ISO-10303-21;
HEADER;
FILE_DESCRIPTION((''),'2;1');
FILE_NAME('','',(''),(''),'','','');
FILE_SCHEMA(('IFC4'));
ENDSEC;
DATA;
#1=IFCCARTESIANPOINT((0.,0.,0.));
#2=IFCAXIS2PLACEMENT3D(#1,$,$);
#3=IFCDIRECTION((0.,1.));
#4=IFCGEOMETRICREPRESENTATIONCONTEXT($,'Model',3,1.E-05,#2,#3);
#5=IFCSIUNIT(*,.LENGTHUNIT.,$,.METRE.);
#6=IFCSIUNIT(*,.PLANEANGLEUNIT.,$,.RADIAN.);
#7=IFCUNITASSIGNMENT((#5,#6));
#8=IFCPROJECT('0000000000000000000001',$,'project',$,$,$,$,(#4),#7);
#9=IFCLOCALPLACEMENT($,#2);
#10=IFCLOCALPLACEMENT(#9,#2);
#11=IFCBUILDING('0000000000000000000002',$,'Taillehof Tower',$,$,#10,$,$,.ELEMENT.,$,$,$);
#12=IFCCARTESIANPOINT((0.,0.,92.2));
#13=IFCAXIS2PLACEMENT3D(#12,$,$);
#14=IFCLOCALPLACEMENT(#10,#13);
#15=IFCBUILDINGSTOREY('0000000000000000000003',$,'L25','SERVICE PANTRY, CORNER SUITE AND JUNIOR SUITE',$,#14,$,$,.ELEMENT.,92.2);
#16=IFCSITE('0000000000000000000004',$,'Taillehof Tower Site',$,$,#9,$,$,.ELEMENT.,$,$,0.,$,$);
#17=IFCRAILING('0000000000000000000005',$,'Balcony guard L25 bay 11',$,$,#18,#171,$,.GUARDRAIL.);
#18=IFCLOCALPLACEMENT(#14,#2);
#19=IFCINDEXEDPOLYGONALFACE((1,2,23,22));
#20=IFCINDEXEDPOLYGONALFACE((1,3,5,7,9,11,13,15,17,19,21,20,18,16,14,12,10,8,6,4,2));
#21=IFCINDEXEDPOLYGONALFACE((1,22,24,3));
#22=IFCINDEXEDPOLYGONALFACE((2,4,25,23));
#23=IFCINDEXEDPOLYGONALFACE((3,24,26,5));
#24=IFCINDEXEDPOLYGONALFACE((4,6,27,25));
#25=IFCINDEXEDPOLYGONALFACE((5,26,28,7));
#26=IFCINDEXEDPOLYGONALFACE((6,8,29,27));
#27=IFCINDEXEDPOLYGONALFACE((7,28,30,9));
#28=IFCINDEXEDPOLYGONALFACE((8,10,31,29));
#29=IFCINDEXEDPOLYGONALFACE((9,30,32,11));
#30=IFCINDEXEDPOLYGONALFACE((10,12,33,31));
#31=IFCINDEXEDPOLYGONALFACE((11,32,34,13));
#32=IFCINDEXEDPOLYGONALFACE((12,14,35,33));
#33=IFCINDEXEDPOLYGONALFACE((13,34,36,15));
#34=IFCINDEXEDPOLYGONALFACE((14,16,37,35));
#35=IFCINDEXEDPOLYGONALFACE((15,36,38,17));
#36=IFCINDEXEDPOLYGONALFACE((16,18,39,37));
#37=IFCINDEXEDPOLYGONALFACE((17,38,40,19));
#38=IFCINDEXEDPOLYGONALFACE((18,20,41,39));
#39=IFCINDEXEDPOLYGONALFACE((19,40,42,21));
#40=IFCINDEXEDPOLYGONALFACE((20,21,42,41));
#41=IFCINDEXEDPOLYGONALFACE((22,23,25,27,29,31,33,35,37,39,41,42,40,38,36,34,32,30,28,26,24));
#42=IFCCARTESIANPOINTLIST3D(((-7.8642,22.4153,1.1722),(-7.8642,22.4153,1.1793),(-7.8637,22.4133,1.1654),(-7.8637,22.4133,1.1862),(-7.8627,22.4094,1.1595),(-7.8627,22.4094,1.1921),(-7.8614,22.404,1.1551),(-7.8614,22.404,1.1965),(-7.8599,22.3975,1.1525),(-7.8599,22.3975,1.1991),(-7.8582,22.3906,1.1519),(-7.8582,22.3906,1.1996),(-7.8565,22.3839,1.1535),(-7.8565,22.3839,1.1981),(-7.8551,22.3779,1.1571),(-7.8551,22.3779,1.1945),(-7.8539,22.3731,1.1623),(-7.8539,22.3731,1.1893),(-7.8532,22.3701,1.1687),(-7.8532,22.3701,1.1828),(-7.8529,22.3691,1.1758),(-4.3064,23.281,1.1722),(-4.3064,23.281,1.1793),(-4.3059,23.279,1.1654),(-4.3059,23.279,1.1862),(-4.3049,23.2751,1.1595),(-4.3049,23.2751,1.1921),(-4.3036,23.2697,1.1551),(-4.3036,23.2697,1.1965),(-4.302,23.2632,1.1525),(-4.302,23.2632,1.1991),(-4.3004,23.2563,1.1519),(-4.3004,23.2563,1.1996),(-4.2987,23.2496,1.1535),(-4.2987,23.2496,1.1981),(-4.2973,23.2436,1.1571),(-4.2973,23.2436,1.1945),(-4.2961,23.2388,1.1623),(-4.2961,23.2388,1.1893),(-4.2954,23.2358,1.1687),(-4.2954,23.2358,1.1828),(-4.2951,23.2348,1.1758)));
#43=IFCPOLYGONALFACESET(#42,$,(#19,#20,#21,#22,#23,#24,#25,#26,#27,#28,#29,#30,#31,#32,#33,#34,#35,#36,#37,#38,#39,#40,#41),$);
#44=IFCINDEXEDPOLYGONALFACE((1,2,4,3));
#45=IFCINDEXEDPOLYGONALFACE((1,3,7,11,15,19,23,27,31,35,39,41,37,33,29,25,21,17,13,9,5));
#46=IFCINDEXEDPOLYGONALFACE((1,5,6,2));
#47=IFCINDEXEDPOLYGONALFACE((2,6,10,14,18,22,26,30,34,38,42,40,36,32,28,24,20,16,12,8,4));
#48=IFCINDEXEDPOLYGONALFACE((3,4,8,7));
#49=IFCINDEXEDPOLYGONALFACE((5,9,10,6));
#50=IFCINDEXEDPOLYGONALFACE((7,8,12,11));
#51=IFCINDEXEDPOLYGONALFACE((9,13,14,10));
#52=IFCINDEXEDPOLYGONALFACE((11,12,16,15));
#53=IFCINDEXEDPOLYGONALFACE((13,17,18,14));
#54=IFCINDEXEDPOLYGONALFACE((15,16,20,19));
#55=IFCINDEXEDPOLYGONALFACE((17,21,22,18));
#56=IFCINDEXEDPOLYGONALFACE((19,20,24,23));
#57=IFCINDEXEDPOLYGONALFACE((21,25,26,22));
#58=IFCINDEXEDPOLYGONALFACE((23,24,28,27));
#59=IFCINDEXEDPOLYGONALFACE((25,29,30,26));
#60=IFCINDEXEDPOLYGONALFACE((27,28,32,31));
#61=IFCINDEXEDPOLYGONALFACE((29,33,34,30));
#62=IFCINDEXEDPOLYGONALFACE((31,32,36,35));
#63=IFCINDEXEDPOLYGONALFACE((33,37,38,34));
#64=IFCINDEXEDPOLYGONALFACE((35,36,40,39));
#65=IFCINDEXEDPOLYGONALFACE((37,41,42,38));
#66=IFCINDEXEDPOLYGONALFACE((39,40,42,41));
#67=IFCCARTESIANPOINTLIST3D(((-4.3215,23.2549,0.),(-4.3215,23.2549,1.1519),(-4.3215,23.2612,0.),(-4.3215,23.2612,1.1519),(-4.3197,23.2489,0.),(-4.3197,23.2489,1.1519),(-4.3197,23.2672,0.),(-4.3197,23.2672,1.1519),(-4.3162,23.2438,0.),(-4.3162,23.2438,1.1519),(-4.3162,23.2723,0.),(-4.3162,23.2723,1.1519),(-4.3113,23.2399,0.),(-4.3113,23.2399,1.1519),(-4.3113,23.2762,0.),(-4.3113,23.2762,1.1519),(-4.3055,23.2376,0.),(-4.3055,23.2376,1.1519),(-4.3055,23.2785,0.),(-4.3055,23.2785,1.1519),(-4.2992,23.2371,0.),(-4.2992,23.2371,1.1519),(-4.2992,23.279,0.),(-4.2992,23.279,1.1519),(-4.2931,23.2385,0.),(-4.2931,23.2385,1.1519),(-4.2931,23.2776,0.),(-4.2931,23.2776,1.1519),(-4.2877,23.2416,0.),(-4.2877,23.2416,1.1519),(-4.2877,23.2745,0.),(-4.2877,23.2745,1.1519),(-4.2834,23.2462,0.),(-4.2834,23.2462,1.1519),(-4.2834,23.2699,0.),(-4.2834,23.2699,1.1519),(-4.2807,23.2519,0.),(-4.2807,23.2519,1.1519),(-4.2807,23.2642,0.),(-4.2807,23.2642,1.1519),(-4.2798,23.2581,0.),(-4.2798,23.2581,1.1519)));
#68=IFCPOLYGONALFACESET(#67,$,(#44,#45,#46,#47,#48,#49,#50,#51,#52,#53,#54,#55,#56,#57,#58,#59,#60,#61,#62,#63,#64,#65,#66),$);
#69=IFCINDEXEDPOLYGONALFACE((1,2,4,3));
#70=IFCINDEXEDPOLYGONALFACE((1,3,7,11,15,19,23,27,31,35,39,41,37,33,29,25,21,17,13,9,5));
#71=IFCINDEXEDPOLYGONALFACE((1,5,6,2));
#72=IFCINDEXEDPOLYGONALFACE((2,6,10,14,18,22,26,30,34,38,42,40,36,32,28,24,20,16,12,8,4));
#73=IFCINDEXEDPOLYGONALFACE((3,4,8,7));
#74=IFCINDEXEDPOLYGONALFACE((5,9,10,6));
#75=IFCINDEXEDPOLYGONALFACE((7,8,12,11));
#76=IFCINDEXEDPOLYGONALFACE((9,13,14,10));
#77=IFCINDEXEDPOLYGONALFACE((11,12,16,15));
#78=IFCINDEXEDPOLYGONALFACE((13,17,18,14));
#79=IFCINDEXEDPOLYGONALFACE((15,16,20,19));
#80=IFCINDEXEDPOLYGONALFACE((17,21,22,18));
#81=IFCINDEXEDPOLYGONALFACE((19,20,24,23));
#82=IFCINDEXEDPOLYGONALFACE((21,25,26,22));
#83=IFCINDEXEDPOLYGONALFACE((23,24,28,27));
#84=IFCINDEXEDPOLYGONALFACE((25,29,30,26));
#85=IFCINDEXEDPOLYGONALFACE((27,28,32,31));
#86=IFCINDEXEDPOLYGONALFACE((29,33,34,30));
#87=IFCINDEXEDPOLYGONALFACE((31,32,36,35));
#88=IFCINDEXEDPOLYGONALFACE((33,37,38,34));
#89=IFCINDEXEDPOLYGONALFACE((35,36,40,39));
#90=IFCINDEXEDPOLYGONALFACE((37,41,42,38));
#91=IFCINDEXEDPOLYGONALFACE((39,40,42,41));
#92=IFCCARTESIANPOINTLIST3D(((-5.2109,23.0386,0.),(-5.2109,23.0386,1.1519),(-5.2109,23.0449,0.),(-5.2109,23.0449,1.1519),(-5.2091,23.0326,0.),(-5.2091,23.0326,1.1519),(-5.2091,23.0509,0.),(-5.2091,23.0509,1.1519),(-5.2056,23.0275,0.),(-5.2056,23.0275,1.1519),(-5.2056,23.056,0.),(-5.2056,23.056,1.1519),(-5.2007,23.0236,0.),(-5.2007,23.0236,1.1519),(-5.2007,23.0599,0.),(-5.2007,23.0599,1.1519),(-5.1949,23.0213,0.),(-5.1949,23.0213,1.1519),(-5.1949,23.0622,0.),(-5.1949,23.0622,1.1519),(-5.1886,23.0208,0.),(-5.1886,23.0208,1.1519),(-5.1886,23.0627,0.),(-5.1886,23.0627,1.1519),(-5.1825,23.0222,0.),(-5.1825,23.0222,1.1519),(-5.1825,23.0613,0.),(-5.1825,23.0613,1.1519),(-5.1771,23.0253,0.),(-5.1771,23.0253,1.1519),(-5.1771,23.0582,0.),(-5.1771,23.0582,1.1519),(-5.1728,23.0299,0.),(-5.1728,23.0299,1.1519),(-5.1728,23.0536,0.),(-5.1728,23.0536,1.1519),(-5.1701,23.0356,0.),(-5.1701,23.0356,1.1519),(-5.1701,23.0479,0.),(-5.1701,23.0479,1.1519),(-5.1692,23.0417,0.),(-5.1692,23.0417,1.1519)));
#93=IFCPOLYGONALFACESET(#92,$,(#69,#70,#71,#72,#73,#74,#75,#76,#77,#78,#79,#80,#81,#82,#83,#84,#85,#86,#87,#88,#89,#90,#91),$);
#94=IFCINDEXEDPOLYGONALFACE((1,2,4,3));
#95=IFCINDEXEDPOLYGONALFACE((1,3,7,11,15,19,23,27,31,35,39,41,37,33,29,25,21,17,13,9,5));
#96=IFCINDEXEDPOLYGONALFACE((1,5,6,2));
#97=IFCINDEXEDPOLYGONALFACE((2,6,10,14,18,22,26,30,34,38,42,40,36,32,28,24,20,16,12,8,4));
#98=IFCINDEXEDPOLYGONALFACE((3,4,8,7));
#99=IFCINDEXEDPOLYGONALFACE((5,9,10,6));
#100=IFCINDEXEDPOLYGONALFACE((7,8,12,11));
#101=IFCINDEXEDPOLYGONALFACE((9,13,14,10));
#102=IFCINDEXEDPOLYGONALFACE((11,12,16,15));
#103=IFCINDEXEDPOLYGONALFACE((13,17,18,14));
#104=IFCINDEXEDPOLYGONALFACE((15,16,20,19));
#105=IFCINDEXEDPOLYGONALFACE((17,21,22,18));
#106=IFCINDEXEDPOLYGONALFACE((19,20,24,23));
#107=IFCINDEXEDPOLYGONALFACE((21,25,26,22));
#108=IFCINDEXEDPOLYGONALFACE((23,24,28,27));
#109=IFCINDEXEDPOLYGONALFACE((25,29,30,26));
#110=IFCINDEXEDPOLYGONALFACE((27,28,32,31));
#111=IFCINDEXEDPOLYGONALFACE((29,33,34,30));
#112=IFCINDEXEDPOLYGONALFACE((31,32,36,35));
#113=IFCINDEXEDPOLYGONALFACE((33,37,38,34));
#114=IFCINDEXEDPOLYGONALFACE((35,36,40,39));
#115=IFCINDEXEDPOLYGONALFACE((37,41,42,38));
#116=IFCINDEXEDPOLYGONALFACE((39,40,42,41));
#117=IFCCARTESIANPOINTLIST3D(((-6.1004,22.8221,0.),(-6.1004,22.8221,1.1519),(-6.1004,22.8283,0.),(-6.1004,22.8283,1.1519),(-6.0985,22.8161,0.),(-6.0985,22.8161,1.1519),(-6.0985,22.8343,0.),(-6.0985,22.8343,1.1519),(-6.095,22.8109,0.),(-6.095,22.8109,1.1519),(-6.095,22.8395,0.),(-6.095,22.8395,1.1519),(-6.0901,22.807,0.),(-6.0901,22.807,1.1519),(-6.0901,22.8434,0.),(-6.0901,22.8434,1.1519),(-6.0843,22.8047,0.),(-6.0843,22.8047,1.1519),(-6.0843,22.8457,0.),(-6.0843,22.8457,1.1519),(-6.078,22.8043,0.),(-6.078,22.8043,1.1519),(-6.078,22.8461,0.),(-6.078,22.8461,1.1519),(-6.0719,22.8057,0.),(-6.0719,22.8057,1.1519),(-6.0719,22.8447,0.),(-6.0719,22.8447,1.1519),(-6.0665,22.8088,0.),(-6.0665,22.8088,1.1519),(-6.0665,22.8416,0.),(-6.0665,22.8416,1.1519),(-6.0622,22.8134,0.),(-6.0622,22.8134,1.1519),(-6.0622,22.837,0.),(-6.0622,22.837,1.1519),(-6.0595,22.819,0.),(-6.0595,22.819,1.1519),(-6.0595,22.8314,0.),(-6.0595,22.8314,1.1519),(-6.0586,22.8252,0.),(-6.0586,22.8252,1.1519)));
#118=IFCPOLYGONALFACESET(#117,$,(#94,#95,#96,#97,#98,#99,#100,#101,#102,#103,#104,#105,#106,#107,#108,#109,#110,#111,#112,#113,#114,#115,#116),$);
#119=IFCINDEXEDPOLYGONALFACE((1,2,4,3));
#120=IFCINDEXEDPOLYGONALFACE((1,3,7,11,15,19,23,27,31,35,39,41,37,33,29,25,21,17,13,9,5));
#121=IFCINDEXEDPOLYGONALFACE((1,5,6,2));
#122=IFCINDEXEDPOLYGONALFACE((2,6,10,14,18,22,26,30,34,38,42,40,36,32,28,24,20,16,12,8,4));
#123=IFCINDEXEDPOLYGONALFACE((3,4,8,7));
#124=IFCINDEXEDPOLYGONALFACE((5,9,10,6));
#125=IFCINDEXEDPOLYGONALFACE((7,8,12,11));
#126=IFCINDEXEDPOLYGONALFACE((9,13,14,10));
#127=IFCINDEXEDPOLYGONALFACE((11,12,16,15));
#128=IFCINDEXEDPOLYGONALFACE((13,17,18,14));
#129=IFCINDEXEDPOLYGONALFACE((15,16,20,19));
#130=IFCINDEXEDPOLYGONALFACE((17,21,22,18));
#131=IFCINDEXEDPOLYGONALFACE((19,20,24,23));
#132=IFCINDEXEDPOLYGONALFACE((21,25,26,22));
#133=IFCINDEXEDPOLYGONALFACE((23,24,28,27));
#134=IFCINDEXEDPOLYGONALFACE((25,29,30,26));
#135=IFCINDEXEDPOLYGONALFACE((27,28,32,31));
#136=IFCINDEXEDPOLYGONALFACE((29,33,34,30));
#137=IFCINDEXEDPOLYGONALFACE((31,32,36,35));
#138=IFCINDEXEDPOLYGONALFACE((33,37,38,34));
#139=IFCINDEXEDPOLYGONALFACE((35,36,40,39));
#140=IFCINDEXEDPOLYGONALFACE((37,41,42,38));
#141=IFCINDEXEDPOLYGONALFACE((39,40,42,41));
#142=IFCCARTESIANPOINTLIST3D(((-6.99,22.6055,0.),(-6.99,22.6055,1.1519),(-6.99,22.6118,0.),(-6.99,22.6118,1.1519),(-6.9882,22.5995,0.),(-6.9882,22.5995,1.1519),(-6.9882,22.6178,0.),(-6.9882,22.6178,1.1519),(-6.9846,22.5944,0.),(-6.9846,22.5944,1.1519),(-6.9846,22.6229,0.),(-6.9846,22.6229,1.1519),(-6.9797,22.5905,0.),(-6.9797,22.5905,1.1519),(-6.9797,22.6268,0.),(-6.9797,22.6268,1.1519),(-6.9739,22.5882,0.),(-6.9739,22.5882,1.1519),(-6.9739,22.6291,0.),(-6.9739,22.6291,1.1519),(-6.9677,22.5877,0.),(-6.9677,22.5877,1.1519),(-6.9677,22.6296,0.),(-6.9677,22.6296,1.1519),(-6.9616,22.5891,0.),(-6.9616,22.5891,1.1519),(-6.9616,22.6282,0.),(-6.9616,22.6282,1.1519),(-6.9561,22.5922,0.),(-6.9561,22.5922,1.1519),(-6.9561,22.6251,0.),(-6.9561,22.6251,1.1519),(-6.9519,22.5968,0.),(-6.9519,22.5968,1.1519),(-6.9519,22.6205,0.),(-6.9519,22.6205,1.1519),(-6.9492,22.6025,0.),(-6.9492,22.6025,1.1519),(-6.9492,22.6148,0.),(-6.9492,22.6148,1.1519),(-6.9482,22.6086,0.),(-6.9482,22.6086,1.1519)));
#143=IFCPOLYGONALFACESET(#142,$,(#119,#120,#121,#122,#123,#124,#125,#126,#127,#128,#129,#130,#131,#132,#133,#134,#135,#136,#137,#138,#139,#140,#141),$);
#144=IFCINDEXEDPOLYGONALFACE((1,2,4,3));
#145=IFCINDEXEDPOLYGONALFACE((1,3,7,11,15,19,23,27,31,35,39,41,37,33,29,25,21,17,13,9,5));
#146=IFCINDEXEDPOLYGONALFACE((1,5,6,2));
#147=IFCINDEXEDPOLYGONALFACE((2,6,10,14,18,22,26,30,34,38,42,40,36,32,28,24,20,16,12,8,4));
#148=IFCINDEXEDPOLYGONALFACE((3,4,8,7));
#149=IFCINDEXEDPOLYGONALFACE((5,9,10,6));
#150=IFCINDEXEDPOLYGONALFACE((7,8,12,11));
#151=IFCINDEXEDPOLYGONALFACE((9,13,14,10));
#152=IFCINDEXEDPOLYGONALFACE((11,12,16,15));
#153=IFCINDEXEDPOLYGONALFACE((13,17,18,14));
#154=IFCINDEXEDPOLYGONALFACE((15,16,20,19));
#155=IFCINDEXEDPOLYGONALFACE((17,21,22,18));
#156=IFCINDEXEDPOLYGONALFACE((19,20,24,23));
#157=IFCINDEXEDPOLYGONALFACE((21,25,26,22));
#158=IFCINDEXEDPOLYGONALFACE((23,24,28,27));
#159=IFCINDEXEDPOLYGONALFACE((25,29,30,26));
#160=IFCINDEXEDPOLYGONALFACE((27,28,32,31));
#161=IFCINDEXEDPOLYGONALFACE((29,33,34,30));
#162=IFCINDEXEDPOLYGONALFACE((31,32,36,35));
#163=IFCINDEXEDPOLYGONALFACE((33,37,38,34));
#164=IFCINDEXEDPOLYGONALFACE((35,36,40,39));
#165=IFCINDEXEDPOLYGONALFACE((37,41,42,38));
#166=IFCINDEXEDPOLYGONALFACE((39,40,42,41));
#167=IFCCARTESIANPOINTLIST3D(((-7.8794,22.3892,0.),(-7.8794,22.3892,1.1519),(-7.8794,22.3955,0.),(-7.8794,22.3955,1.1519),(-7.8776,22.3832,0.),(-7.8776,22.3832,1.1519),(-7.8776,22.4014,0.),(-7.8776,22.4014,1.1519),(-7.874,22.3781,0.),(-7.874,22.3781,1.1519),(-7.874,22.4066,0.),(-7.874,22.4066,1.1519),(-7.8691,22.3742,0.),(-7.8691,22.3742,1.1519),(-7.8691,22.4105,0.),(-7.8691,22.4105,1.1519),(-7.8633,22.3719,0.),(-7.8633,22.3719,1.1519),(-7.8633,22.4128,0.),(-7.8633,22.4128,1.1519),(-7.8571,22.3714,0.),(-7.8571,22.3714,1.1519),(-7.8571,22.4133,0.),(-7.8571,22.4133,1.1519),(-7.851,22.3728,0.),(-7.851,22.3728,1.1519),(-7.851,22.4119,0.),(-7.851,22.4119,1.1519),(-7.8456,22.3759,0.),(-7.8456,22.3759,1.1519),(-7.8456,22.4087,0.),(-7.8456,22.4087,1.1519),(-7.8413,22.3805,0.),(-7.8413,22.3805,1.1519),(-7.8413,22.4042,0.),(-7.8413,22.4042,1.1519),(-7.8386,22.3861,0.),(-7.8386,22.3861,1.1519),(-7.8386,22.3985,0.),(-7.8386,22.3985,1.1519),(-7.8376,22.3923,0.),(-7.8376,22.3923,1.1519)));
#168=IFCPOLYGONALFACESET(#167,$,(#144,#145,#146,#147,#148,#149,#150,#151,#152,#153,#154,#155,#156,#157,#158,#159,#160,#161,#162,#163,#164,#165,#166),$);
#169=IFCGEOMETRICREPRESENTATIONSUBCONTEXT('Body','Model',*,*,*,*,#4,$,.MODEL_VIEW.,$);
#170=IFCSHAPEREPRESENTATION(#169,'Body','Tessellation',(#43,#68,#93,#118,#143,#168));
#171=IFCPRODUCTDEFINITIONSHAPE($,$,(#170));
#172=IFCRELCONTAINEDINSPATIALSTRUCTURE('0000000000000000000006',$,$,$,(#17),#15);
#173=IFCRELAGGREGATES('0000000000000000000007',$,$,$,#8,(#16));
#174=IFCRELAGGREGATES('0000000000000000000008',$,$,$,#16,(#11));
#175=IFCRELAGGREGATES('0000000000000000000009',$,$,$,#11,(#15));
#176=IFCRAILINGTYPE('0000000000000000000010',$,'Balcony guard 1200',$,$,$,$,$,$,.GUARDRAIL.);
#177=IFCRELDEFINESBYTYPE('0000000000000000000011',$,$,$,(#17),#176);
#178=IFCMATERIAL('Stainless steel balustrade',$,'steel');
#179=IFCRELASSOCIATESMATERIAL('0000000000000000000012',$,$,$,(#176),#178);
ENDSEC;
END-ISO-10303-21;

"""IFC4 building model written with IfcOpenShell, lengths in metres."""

from ifc_helpers import new_model, si_unit, direction, frame, origin, origin_2d, place, context, subcontext, project, spatial, circle, extrude, material, type_object, element, save


model = new_model("IFC4")

# Units and contexts
model_context = context("Model", 3, precision=1e-05, world=origin(), true_north=direction((0.0, 1.0)))
body_context = subcontext(model_context, "Body", "Model", "MODEL_VIEW")
ifc_project = project(units=[si_unit("LENGTHUNIT", "METRE"), si_unit("PLANEANGLEUNIT", "RADIAN")], contexts=[model_context])

# Site, building, storey
site_placement = place(None, origin())
site = spatial("IfcSite", under=ifc_project, at=site_placement, Name="Taillehof Tower Site", CompositionType="ELEMENT", RefElevation=0.0)
building_placement = place(site_placement, origin())
building = spatial("IfcBuilding", under=site, at=building_placement, Name="Taillehof Tower", CompositionType="ELEMENT")
storey_placement = place(building_placement, frame((0.0, 0.0, 92.2)))
storey = spatial("IfcBuildingStorey", under=building, at=storey_placement, Name="L25", Description="SERVICE PANTRY, CORNER SUITE AND JUNIOR SUITE", CompositionType="ELEMENT", Elevation=92.2)

# Railing
ifc_material_1 = material(Name="Stainless steel balustrade", Category="steel")
railing_type = type_object("IfcRailingType", Name="Balcony guard 1200", PredefinedType="GUARDRAIL", material=ifc_material_1)
railing_placement = place(storey_placement, frame((-4.3008, 23.2581, 0.0)))
element("IfcRailing", 1, at=railing_placement, inside=storey, type_object=railing_type, Name="Balcony guard L25 bay 11", PredefinedType="GUARDRAIL", context=body_context, shape_type="SweptSolid", body=[
    extrude(circle(Radius=0.0239, at=origin_2d()), frame((0.0, 0.0, 1.1758), z_axis=(-0.971649, -0.236428, 0.0), x_axis=(0.236428, -0.971649, 0.0)), (0.0, 0.0, 1.0), 3.6616),
    extrude(circle(Radius=0.021, at=origin_2d()), origin(), (0.0, 0.0, 1.0), 1.1519),
    extrude(circle(Radius=0.021, at=origin_2d()), frame((-0.8894, -0.2163, 0.0)), (0.0, 0.0, 1.0), 1.1519),
    extrude(circle(Radius=0.021, at=origin_2d()), frame((-1.7788, -0.4329, 0.0)), (0.0, 0.0, 1.0), 1.1519),
    extrude(circle(Radius=0.021, at=origin_2d()), frame((-2.6685, -0.6494, 0.0)), (0.0, 0.0, 1.0), 1.1519),
    extrude(circle(Radius=0.021, at=origin_2d()), frame((-3.5579, -0.8657, 0.0)), (0.0, 0.0, 1.0), 1.1519),
])

save(model, "model.ifc")
